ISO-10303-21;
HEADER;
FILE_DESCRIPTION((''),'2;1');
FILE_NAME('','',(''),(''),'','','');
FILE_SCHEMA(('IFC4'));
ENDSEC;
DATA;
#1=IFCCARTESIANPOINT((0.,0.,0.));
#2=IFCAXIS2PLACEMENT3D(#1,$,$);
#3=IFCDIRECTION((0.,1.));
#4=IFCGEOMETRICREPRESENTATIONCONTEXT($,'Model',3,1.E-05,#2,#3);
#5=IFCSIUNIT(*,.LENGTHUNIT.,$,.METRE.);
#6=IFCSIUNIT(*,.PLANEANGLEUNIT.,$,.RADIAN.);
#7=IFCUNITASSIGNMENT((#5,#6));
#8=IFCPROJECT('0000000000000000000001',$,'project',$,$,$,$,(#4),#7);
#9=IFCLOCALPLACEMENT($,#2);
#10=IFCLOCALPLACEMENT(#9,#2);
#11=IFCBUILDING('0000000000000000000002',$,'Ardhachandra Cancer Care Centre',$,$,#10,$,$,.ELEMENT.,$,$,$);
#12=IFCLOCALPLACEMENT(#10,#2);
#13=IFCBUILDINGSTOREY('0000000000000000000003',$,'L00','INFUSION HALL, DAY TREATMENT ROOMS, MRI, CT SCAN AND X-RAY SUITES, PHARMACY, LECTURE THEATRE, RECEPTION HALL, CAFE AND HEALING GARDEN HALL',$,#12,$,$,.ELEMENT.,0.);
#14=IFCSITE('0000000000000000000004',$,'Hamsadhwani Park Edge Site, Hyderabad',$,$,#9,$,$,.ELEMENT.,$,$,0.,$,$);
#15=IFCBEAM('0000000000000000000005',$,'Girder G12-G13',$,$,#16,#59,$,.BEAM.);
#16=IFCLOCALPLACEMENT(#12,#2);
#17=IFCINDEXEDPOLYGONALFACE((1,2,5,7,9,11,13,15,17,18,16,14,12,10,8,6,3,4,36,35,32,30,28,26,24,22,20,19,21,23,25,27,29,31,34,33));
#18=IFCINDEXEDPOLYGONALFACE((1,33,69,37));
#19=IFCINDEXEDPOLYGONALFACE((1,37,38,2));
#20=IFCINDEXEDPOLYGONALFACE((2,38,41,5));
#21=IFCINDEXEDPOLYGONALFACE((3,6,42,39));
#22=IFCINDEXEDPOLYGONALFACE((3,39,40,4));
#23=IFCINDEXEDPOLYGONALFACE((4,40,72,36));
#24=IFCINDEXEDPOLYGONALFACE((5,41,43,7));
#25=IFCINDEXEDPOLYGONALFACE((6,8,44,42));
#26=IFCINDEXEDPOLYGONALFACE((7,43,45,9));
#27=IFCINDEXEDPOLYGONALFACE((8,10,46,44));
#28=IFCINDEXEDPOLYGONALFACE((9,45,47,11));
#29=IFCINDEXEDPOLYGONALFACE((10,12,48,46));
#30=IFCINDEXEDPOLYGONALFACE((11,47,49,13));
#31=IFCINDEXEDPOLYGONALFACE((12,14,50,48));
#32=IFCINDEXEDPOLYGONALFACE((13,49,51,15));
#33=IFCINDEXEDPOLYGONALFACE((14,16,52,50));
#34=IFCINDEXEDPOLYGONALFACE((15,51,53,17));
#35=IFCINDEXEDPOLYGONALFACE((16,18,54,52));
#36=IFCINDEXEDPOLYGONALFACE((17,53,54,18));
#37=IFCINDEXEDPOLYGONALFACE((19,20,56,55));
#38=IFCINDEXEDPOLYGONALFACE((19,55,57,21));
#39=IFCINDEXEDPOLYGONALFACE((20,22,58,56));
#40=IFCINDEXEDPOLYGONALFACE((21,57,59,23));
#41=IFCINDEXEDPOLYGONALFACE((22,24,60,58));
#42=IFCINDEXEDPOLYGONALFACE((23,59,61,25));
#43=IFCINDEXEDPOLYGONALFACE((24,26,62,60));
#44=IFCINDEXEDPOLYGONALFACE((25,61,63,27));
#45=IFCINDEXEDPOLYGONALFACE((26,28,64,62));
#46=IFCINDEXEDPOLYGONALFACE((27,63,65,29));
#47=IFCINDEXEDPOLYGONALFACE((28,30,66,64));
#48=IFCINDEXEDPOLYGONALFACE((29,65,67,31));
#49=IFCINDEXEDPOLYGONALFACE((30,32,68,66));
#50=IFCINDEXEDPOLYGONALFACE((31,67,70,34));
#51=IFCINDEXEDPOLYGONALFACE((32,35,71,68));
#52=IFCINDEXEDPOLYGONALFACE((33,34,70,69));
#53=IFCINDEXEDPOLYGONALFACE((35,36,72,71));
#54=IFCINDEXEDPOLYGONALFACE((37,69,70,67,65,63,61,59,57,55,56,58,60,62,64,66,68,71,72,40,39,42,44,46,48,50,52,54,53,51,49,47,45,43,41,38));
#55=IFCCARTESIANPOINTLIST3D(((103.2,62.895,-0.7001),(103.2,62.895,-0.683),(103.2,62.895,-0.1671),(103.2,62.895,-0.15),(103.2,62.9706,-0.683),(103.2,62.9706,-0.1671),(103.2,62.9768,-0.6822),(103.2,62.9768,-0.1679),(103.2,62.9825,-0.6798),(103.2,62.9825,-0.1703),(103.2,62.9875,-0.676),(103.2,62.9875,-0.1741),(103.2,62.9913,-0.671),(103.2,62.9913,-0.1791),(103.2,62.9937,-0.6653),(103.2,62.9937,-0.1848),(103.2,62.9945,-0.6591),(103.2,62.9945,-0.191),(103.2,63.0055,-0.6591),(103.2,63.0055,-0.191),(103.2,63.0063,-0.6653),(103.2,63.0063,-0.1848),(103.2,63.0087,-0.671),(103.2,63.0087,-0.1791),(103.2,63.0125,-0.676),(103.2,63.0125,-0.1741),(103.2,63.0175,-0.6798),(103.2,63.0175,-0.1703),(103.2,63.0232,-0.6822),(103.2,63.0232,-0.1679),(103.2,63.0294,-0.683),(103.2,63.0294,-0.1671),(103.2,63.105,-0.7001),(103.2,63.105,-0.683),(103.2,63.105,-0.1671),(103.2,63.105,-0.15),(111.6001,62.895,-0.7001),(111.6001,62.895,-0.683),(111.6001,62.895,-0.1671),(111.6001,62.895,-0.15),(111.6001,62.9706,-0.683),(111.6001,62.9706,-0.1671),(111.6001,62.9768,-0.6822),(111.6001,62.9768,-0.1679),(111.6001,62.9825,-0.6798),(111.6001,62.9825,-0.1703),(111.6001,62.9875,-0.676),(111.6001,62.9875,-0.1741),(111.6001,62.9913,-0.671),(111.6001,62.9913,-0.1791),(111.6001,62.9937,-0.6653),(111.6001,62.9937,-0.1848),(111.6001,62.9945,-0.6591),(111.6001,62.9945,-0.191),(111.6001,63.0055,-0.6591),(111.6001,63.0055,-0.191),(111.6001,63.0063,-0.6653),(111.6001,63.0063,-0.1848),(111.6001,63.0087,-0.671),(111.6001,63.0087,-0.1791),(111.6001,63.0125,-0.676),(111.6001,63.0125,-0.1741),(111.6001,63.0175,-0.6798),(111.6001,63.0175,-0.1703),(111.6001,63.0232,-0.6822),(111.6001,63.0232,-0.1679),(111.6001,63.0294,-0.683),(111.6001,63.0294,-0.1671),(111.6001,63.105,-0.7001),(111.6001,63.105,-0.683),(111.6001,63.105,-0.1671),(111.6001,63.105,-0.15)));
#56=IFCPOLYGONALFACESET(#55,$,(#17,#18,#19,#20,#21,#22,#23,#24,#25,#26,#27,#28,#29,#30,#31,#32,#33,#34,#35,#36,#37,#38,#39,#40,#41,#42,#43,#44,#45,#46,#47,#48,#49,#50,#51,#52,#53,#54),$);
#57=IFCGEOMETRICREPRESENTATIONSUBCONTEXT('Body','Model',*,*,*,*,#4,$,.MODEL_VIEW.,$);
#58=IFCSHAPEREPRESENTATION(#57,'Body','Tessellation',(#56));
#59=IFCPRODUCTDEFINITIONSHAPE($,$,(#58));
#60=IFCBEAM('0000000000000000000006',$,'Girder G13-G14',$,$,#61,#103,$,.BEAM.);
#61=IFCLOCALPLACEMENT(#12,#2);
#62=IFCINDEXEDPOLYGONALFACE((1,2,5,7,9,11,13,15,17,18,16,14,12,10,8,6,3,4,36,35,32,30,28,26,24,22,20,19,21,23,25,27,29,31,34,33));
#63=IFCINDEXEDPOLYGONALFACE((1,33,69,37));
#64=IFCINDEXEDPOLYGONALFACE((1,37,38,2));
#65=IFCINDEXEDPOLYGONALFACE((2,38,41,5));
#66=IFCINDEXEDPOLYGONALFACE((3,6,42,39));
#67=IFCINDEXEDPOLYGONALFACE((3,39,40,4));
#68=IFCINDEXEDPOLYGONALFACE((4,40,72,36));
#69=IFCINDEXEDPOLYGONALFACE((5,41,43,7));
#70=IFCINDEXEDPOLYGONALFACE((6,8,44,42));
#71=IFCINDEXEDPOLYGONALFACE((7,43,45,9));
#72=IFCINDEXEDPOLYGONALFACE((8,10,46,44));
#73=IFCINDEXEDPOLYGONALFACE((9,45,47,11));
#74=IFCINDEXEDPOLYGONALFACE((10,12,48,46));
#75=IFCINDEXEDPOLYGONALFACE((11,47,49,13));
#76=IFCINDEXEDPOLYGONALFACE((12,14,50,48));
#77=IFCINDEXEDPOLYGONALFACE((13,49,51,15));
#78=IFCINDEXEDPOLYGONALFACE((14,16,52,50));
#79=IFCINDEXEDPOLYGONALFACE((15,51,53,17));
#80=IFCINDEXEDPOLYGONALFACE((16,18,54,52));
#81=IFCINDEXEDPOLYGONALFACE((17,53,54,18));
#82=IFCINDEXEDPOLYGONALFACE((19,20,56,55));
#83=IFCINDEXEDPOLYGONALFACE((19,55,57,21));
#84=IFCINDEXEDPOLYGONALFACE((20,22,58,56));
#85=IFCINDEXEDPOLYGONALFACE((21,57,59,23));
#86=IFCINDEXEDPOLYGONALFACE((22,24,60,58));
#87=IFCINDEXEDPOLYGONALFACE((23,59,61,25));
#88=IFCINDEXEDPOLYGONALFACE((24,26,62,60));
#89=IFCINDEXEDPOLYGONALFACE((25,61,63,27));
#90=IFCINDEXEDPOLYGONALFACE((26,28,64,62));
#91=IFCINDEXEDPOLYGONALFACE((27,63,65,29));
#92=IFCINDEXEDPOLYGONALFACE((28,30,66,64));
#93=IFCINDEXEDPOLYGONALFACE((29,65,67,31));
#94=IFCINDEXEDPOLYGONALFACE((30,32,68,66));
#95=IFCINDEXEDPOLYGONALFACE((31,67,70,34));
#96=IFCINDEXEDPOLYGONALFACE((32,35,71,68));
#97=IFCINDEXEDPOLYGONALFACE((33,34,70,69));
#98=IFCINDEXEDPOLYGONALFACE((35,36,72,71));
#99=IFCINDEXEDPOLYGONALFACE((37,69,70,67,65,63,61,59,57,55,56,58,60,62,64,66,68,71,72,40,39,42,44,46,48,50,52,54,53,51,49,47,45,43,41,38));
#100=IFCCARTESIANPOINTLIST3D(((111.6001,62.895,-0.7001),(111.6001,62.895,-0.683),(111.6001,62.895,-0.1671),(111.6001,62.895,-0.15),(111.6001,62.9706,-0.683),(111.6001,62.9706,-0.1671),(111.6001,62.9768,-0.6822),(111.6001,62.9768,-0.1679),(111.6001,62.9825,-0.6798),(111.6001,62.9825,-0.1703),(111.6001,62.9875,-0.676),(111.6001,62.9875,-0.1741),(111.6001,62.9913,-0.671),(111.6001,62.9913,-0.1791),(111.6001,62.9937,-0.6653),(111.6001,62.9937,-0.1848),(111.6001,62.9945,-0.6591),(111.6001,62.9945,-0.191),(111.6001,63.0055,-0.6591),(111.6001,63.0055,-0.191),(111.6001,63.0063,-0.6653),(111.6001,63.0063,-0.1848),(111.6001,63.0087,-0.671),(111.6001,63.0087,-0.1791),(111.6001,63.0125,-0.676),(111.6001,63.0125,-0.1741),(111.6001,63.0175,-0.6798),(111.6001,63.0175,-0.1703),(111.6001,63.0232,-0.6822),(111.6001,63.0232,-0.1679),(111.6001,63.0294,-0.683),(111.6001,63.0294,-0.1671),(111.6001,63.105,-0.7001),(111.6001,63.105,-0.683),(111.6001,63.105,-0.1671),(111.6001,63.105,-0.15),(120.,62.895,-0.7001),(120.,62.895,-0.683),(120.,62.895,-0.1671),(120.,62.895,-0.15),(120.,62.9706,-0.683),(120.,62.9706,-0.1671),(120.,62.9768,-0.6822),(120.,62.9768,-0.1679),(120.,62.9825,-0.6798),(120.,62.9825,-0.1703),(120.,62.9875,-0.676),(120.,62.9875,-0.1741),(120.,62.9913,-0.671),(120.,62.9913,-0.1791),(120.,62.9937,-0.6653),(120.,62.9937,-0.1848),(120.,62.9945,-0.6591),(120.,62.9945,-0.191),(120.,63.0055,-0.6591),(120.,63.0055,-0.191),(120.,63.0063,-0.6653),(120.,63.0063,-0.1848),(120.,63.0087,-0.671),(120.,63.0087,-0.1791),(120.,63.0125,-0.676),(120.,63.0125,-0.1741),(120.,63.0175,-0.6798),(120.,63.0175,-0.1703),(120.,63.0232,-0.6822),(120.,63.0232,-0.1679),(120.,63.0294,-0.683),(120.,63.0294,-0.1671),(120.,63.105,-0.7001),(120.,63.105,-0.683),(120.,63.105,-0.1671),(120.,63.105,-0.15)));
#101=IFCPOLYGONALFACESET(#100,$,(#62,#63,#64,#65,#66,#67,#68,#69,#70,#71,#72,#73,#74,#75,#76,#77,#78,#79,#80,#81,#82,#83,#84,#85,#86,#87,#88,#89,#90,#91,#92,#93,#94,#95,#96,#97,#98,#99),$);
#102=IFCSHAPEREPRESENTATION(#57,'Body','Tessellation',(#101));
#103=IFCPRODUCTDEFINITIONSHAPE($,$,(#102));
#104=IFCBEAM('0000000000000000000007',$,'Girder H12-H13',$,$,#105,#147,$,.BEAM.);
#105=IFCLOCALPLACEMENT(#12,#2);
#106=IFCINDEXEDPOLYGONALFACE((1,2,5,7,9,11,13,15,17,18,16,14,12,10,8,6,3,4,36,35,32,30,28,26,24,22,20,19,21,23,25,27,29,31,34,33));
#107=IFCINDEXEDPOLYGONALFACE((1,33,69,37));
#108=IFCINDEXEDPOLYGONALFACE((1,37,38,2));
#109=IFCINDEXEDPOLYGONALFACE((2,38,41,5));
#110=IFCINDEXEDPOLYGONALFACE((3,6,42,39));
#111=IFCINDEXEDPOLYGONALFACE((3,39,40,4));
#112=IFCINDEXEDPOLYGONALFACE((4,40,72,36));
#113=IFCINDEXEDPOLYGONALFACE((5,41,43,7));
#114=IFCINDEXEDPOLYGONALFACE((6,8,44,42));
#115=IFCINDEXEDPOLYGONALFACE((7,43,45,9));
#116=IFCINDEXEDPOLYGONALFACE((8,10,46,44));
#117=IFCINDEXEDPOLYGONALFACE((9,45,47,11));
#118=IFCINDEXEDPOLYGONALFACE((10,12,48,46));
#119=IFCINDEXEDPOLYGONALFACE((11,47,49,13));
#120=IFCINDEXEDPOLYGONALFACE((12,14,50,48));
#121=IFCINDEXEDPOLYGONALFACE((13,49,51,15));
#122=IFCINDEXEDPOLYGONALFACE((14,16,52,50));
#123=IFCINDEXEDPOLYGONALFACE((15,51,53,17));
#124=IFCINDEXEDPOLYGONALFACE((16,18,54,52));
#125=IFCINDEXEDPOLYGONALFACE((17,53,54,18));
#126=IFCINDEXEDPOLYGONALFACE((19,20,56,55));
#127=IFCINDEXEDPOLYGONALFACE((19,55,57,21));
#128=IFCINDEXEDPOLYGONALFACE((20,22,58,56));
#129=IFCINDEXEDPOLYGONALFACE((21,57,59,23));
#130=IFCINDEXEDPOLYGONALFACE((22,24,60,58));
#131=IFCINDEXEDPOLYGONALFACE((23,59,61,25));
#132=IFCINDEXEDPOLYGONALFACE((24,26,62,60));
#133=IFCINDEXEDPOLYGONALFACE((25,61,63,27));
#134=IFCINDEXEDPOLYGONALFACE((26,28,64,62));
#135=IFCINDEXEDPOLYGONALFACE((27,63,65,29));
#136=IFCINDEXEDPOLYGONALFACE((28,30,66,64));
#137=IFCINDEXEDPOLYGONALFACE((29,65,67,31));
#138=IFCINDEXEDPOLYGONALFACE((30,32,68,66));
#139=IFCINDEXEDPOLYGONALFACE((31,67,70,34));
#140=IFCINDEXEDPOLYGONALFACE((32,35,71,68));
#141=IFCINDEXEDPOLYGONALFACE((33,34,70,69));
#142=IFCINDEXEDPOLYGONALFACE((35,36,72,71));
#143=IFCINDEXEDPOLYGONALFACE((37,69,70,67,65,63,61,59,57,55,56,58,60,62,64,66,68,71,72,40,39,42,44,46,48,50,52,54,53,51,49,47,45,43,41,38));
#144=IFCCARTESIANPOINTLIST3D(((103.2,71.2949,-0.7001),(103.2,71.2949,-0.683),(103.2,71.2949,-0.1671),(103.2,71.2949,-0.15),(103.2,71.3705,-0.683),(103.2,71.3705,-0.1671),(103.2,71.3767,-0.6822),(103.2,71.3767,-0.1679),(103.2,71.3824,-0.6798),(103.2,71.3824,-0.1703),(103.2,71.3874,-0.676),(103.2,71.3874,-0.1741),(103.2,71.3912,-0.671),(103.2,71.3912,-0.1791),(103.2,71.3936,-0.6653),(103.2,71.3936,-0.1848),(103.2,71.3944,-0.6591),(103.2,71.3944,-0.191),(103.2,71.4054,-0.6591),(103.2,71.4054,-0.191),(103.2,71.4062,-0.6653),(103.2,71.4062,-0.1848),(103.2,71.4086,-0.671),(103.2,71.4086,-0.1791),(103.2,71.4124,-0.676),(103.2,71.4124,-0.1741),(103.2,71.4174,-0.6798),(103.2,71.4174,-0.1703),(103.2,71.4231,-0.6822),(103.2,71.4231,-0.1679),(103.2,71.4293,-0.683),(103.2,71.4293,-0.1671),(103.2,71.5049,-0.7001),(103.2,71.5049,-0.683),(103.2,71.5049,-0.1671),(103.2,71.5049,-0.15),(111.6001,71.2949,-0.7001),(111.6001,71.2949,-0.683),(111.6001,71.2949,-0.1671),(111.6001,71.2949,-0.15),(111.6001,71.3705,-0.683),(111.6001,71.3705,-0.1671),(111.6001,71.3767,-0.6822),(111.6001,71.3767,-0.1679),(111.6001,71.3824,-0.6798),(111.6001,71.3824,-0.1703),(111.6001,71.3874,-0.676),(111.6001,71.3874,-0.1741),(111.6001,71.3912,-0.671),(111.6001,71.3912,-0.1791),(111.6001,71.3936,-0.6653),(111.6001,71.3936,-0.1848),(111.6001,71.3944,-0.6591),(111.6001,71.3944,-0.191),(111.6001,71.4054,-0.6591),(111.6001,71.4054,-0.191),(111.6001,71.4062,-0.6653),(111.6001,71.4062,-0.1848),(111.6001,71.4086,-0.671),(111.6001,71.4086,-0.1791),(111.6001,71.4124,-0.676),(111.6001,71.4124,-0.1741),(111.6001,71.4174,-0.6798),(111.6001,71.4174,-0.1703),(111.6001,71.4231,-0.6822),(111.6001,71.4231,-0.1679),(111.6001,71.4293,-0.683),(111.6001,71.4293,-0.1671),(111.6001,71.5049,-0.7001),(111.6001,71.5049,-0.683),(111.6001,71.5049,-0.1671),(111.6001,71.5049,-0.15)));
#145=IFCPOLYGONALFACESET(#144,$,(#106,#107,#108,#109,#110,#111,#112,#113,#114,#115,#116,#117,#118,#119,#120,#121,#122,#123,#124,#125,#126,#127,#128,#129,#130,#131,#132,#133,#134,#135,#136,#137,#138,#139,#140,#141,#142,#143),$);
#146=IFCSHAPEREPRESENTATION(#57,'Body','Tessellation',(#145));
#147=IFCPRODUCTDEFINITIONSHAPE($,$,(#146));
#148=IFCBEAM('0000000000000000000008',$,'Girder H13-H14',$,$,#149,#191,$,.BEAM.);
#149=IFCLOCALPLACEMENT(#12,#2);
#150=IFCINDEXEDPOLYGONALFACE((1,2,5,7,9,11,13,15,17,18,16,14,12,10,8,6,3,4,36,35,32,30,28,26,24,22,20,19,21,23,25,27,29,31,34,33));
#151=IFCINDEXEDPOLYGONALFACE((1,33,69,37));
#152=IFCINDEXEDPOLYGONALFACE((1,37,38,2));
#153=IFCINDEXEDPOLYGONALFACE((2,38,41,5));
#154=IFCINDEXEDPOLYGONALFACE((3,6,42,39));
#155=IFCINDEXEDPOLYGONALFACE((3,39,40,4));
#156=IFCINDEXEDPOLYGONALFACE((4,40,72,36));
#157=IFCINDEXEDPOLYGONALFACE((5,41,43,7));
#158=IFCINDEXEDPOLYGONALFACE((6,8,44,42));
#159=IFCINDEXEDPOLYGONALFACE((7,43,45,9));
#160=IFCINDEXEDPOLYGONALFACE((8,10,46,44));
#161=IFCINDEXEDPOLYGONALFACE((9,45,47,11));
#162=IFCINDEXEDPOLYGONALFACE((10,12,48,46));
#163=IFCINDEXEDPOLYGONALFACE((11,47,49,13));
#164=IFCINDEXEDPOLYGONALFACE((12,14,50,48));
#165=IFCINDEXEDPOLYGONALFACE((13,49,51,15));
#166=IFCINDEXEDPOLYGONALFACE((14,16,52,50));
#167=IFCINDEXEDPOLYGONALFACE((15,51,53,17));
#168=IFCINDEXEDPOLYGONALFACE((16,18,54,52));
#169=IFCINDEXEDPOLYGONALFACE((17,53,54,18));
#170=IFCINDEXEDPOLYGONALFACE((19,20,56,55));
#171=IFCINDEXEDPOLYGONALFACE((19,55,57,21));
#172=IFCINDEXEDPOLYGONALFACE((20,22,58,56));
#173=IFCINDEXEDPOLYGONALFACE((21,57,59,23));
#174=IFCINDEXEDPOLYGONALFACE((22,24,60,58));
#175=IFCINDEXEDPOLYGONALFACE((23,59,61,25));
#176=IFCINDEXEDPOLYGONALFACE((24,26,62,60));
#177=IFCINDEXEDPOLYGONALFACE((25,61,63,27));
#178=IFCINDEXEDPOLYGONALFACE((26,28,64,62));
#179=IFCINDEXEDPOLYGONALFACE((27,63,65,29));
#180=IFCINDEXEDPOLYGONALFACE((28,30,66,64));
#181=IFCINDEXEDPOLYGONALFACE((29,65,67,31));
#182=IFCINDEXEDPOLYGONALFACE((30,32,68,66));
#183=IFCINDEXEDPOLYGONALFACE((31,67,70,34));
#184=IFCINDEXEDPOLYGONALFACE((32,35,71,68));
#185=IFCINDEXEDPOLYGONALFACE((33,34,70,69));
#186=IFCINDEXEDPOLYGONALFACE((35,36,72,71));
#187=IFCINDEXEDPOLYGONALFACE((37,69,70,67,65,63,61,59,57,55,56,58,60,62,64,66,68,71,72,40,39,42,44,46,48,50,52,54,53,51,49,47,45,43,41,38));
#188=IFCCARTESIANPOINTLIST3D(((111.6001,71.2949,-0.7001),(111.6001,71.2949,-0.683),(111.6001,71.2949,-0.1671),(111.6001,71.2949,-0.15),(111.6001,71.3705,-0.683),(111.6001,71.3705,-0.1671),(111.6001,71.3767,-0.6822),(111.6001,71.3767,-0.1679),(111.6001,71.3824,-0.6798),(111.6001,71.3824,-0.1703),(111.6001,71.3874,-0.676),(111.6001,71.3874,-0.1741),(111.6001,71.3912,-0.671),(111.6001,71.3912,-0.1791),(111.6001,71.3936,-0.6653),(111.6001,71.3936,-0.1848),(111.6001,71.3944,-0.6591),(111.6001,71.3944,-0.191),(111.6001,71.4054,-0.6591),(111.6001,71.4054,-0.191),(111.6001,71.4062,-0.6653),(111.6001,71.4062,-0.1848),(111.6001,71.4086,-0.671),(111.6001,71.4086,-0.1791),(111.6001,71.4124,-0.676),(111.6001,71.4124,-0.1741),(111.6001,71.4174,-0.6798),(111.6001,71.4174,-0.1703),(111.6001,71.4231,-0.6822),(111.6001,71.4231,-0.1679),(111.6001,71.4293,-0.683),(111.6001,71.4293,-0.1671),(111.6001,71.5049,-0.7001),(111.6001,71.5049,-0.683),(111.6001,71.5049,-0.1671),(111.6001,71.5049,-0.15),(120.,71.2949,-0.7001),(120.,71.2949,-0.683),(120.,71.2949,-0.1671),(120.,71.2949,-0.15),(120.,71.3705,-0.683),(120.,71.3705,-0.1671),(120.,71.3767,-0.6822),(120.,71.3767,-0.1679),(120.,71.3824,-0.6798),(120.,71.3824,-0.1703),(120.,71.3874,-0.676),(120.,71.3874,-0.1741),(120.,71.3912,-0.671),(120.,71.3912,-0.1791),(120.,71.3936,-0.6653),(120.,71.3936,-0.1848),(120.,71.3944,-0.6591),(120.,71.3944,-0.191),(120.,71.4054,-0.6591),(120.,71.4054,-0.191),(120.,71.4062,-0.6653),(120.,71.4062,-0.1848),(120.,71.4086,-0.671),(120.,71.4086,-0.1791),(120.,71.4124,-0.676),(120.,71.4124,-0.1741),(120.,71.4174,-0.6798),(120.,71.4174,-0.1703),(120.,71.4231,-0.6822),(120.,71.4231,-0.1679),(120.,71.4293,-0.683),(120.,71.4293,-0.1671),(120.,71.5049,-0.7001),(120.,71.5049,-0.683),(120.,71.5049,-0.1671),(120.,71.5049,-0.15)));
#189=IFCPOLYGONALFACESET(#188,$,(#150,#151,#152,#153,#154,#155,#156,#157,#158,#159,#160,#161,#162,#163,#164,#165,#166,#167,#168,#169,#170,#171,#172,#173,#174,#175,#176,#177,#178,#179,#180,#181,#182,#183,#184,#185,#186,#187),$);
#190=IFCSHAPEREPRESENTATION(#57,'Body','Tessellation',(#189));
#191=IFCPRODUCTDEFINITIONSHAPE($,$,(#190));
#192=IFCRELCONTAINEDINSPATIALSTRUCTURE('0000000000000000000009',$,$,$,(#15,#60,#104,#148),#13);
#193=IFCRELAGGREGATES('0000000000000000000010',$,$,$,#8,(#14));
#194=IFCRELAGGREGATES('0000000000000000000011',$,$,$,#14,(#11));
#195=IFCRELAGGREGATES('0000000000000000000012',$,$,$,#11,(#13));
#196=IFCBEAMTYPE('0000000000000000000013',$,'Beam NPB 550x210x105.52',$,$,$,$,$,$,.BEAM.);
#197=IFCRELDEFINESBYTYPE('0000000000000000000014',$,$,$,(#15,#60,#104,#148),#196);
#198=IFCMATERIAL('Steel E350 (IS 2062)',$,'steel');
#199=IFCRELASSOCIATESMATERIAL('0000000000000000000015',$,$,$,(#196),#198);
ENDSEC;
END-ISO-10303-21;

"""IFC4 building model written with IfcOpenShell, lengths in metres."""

from ifc_helpers import new_model, si_unit, direction, frame, origin, origin_2d, place, context, subcontext, project, spatial, i_section, extrude, material, material_profile, profile_set, type_object, element, save


model = new_model("IFC4")

# Units and contexts
model_context = context("Model", 3, precision=1e-05, world=origin(), true_north=direction((0.0, 1.0)))
body_context = subcontext(model_context, "Body", "Model", "MODEL_VIEW")
ifc_project = project(units=[si_unit("LENGTHUNIT", "METRE"), si_unit("PLANEANGLEUNIT", "RADIAN")], contexts=[model_context])

# Site, building, storey
site_placement = place(None, origin())
site = spatial("IfcSite", under=ifc_project, at=site_placement, Name="Hamsadhwani Park Edge Site, Hyderabad", CompositionType="ELEMENT", RefElevation=0.0)
building_placement = place(site_placement, origin())
building = spatial("IfcBuilding", under=site, at=building_placement, Name="Ardhachandra Cancer Care Centre", CompositionType="ELEMENT")
storey_placement = place(building_placement, origin())
storey = spatial("IfcBuildingStorey", under=building, at=storey_placement, Name="L00", Description="INFUSION HALL, DAY TREATMENT ROOMS, MRI, CT SCAN AND X-RAY SUITES, PHARMACY, LECTURE THEATRE, RECEPTION HALL, CAFE AND HEALING GARDEN HALL", CompositionType="ELEMENT", Elevation=0.0)

# Beams
ifc_material_1 = material(Name="Steel E350 (IS 2062)", Category="steel")
ifc_material_profile_1 = material_profile(ifc_material_1, i_section(OverallWidth=0.21, OverallDepth=0.55, WebThickness=0.011, FlangeThickness=0.0171, FilletRadius=0.0239, at=origin_2d()), Name="NPB 550x210x105.52")
ifc_profile_set_1 = profile_set([ifc_material_profile_1], Name="Steel E350 (IS 2062)")
beam_type_1 = type_object("IfcBeamType", Name="Beam NPB 550x210x105.52", PredefinedType="BEAM", material=ifc_profile_set_1)
beam_1_placement = place(storey_placement, frame((103.2, 63.0, -0.425), z_axis=(1.0, 0.0, 0.0), x_axis=(0.0, 1.0, 0.0)))
element("IfcBeam", 1, at=beam_1_placement, inside=storey, type_object=beam_type_1, Name="Girder G12-G13", PredefinedType="BEAM", context=body_context, shape_type="SweptSolid", body=[
    extrude(i_section(OverallWidth=0.21, OverallDepth=0.55, WebThickness=0.011, FlangeThickness=0.0171, FilletRadius=0.0239, at=origin_2d()), origin(), (0.0, 0.0, 1.0), 8.4001),
])
beam_2_placement = place(storey_placement, frame((111.6001, 63.0, -0.425), z_axis=(1.0, 0.0, 0.0), x_axis=(0.0, 1.0, 0.0)))
element("IfcBeam", 2, at=beam_2_placement, inside=storey, type_object=beam_type_1, Name="Girder G13-G14", PredefinedType="BEAM", context=body_context, shape_type="SweptSolid", body=[
    extrude(i_section(OverallWidth=0.21, OverallDepth=0.55, WebThickness=0.011, FlangeThickness=0.0171, FilletRadius=0.0239, at=origin_2d()), origin(), (0.0, 0.0, 1.0), 8.3999),
])
beam_3_placement = place(storey_placement, frame((103.2, 71.3999, -0.425), z_axis=(1.0, 0.0, 0.0), x_axis=(0.0, 1.0, 0.0)))
element("IfcBeam", 3, at=beam_3_placement, inside=storey, type_object=beam_type_1, Name="Girder H12-H13", PredefinedType="BEAM", context=body_context, shape_type="SweptSolid", body=[
    extrude(i_section(OverallWidth=0.21, OverallDepth=0.55, WebThickness=0.011, FlangeThickness=0.0171, FilletRadius=0.0239, at=origin_2d()), origin(), (0.0, 0.0, 1.0), 8.4001),
])
for number, where, z_axis, x_axis, name in (
    (4, (111.6001, 71.3999, -0.425), (1.0, 0.0, 0.0), (0.0, 1.0, 0.0), "Girder H13-H14"),
):
    element("IfcBeam", number, at=place(storey_placement, frame(where, z_axis=z_axis, x_axis=x_axis)), inside=storey, type_object=beam_type_1, Name=name, PredefinedType="BEAM", context=body_context, shape_type="SweptSolid", body=[
        extrude(i_section(OverallWidth=0.21, OverallDepth=0.55, WebThickness=0.011, FlangeThickness=0.0171, FilletRadius=0.0239, at=origin_2d()), origin(), (0.0, 0.0, 1.0), 8.3999),
    ])

save(model, "model.ifc")
